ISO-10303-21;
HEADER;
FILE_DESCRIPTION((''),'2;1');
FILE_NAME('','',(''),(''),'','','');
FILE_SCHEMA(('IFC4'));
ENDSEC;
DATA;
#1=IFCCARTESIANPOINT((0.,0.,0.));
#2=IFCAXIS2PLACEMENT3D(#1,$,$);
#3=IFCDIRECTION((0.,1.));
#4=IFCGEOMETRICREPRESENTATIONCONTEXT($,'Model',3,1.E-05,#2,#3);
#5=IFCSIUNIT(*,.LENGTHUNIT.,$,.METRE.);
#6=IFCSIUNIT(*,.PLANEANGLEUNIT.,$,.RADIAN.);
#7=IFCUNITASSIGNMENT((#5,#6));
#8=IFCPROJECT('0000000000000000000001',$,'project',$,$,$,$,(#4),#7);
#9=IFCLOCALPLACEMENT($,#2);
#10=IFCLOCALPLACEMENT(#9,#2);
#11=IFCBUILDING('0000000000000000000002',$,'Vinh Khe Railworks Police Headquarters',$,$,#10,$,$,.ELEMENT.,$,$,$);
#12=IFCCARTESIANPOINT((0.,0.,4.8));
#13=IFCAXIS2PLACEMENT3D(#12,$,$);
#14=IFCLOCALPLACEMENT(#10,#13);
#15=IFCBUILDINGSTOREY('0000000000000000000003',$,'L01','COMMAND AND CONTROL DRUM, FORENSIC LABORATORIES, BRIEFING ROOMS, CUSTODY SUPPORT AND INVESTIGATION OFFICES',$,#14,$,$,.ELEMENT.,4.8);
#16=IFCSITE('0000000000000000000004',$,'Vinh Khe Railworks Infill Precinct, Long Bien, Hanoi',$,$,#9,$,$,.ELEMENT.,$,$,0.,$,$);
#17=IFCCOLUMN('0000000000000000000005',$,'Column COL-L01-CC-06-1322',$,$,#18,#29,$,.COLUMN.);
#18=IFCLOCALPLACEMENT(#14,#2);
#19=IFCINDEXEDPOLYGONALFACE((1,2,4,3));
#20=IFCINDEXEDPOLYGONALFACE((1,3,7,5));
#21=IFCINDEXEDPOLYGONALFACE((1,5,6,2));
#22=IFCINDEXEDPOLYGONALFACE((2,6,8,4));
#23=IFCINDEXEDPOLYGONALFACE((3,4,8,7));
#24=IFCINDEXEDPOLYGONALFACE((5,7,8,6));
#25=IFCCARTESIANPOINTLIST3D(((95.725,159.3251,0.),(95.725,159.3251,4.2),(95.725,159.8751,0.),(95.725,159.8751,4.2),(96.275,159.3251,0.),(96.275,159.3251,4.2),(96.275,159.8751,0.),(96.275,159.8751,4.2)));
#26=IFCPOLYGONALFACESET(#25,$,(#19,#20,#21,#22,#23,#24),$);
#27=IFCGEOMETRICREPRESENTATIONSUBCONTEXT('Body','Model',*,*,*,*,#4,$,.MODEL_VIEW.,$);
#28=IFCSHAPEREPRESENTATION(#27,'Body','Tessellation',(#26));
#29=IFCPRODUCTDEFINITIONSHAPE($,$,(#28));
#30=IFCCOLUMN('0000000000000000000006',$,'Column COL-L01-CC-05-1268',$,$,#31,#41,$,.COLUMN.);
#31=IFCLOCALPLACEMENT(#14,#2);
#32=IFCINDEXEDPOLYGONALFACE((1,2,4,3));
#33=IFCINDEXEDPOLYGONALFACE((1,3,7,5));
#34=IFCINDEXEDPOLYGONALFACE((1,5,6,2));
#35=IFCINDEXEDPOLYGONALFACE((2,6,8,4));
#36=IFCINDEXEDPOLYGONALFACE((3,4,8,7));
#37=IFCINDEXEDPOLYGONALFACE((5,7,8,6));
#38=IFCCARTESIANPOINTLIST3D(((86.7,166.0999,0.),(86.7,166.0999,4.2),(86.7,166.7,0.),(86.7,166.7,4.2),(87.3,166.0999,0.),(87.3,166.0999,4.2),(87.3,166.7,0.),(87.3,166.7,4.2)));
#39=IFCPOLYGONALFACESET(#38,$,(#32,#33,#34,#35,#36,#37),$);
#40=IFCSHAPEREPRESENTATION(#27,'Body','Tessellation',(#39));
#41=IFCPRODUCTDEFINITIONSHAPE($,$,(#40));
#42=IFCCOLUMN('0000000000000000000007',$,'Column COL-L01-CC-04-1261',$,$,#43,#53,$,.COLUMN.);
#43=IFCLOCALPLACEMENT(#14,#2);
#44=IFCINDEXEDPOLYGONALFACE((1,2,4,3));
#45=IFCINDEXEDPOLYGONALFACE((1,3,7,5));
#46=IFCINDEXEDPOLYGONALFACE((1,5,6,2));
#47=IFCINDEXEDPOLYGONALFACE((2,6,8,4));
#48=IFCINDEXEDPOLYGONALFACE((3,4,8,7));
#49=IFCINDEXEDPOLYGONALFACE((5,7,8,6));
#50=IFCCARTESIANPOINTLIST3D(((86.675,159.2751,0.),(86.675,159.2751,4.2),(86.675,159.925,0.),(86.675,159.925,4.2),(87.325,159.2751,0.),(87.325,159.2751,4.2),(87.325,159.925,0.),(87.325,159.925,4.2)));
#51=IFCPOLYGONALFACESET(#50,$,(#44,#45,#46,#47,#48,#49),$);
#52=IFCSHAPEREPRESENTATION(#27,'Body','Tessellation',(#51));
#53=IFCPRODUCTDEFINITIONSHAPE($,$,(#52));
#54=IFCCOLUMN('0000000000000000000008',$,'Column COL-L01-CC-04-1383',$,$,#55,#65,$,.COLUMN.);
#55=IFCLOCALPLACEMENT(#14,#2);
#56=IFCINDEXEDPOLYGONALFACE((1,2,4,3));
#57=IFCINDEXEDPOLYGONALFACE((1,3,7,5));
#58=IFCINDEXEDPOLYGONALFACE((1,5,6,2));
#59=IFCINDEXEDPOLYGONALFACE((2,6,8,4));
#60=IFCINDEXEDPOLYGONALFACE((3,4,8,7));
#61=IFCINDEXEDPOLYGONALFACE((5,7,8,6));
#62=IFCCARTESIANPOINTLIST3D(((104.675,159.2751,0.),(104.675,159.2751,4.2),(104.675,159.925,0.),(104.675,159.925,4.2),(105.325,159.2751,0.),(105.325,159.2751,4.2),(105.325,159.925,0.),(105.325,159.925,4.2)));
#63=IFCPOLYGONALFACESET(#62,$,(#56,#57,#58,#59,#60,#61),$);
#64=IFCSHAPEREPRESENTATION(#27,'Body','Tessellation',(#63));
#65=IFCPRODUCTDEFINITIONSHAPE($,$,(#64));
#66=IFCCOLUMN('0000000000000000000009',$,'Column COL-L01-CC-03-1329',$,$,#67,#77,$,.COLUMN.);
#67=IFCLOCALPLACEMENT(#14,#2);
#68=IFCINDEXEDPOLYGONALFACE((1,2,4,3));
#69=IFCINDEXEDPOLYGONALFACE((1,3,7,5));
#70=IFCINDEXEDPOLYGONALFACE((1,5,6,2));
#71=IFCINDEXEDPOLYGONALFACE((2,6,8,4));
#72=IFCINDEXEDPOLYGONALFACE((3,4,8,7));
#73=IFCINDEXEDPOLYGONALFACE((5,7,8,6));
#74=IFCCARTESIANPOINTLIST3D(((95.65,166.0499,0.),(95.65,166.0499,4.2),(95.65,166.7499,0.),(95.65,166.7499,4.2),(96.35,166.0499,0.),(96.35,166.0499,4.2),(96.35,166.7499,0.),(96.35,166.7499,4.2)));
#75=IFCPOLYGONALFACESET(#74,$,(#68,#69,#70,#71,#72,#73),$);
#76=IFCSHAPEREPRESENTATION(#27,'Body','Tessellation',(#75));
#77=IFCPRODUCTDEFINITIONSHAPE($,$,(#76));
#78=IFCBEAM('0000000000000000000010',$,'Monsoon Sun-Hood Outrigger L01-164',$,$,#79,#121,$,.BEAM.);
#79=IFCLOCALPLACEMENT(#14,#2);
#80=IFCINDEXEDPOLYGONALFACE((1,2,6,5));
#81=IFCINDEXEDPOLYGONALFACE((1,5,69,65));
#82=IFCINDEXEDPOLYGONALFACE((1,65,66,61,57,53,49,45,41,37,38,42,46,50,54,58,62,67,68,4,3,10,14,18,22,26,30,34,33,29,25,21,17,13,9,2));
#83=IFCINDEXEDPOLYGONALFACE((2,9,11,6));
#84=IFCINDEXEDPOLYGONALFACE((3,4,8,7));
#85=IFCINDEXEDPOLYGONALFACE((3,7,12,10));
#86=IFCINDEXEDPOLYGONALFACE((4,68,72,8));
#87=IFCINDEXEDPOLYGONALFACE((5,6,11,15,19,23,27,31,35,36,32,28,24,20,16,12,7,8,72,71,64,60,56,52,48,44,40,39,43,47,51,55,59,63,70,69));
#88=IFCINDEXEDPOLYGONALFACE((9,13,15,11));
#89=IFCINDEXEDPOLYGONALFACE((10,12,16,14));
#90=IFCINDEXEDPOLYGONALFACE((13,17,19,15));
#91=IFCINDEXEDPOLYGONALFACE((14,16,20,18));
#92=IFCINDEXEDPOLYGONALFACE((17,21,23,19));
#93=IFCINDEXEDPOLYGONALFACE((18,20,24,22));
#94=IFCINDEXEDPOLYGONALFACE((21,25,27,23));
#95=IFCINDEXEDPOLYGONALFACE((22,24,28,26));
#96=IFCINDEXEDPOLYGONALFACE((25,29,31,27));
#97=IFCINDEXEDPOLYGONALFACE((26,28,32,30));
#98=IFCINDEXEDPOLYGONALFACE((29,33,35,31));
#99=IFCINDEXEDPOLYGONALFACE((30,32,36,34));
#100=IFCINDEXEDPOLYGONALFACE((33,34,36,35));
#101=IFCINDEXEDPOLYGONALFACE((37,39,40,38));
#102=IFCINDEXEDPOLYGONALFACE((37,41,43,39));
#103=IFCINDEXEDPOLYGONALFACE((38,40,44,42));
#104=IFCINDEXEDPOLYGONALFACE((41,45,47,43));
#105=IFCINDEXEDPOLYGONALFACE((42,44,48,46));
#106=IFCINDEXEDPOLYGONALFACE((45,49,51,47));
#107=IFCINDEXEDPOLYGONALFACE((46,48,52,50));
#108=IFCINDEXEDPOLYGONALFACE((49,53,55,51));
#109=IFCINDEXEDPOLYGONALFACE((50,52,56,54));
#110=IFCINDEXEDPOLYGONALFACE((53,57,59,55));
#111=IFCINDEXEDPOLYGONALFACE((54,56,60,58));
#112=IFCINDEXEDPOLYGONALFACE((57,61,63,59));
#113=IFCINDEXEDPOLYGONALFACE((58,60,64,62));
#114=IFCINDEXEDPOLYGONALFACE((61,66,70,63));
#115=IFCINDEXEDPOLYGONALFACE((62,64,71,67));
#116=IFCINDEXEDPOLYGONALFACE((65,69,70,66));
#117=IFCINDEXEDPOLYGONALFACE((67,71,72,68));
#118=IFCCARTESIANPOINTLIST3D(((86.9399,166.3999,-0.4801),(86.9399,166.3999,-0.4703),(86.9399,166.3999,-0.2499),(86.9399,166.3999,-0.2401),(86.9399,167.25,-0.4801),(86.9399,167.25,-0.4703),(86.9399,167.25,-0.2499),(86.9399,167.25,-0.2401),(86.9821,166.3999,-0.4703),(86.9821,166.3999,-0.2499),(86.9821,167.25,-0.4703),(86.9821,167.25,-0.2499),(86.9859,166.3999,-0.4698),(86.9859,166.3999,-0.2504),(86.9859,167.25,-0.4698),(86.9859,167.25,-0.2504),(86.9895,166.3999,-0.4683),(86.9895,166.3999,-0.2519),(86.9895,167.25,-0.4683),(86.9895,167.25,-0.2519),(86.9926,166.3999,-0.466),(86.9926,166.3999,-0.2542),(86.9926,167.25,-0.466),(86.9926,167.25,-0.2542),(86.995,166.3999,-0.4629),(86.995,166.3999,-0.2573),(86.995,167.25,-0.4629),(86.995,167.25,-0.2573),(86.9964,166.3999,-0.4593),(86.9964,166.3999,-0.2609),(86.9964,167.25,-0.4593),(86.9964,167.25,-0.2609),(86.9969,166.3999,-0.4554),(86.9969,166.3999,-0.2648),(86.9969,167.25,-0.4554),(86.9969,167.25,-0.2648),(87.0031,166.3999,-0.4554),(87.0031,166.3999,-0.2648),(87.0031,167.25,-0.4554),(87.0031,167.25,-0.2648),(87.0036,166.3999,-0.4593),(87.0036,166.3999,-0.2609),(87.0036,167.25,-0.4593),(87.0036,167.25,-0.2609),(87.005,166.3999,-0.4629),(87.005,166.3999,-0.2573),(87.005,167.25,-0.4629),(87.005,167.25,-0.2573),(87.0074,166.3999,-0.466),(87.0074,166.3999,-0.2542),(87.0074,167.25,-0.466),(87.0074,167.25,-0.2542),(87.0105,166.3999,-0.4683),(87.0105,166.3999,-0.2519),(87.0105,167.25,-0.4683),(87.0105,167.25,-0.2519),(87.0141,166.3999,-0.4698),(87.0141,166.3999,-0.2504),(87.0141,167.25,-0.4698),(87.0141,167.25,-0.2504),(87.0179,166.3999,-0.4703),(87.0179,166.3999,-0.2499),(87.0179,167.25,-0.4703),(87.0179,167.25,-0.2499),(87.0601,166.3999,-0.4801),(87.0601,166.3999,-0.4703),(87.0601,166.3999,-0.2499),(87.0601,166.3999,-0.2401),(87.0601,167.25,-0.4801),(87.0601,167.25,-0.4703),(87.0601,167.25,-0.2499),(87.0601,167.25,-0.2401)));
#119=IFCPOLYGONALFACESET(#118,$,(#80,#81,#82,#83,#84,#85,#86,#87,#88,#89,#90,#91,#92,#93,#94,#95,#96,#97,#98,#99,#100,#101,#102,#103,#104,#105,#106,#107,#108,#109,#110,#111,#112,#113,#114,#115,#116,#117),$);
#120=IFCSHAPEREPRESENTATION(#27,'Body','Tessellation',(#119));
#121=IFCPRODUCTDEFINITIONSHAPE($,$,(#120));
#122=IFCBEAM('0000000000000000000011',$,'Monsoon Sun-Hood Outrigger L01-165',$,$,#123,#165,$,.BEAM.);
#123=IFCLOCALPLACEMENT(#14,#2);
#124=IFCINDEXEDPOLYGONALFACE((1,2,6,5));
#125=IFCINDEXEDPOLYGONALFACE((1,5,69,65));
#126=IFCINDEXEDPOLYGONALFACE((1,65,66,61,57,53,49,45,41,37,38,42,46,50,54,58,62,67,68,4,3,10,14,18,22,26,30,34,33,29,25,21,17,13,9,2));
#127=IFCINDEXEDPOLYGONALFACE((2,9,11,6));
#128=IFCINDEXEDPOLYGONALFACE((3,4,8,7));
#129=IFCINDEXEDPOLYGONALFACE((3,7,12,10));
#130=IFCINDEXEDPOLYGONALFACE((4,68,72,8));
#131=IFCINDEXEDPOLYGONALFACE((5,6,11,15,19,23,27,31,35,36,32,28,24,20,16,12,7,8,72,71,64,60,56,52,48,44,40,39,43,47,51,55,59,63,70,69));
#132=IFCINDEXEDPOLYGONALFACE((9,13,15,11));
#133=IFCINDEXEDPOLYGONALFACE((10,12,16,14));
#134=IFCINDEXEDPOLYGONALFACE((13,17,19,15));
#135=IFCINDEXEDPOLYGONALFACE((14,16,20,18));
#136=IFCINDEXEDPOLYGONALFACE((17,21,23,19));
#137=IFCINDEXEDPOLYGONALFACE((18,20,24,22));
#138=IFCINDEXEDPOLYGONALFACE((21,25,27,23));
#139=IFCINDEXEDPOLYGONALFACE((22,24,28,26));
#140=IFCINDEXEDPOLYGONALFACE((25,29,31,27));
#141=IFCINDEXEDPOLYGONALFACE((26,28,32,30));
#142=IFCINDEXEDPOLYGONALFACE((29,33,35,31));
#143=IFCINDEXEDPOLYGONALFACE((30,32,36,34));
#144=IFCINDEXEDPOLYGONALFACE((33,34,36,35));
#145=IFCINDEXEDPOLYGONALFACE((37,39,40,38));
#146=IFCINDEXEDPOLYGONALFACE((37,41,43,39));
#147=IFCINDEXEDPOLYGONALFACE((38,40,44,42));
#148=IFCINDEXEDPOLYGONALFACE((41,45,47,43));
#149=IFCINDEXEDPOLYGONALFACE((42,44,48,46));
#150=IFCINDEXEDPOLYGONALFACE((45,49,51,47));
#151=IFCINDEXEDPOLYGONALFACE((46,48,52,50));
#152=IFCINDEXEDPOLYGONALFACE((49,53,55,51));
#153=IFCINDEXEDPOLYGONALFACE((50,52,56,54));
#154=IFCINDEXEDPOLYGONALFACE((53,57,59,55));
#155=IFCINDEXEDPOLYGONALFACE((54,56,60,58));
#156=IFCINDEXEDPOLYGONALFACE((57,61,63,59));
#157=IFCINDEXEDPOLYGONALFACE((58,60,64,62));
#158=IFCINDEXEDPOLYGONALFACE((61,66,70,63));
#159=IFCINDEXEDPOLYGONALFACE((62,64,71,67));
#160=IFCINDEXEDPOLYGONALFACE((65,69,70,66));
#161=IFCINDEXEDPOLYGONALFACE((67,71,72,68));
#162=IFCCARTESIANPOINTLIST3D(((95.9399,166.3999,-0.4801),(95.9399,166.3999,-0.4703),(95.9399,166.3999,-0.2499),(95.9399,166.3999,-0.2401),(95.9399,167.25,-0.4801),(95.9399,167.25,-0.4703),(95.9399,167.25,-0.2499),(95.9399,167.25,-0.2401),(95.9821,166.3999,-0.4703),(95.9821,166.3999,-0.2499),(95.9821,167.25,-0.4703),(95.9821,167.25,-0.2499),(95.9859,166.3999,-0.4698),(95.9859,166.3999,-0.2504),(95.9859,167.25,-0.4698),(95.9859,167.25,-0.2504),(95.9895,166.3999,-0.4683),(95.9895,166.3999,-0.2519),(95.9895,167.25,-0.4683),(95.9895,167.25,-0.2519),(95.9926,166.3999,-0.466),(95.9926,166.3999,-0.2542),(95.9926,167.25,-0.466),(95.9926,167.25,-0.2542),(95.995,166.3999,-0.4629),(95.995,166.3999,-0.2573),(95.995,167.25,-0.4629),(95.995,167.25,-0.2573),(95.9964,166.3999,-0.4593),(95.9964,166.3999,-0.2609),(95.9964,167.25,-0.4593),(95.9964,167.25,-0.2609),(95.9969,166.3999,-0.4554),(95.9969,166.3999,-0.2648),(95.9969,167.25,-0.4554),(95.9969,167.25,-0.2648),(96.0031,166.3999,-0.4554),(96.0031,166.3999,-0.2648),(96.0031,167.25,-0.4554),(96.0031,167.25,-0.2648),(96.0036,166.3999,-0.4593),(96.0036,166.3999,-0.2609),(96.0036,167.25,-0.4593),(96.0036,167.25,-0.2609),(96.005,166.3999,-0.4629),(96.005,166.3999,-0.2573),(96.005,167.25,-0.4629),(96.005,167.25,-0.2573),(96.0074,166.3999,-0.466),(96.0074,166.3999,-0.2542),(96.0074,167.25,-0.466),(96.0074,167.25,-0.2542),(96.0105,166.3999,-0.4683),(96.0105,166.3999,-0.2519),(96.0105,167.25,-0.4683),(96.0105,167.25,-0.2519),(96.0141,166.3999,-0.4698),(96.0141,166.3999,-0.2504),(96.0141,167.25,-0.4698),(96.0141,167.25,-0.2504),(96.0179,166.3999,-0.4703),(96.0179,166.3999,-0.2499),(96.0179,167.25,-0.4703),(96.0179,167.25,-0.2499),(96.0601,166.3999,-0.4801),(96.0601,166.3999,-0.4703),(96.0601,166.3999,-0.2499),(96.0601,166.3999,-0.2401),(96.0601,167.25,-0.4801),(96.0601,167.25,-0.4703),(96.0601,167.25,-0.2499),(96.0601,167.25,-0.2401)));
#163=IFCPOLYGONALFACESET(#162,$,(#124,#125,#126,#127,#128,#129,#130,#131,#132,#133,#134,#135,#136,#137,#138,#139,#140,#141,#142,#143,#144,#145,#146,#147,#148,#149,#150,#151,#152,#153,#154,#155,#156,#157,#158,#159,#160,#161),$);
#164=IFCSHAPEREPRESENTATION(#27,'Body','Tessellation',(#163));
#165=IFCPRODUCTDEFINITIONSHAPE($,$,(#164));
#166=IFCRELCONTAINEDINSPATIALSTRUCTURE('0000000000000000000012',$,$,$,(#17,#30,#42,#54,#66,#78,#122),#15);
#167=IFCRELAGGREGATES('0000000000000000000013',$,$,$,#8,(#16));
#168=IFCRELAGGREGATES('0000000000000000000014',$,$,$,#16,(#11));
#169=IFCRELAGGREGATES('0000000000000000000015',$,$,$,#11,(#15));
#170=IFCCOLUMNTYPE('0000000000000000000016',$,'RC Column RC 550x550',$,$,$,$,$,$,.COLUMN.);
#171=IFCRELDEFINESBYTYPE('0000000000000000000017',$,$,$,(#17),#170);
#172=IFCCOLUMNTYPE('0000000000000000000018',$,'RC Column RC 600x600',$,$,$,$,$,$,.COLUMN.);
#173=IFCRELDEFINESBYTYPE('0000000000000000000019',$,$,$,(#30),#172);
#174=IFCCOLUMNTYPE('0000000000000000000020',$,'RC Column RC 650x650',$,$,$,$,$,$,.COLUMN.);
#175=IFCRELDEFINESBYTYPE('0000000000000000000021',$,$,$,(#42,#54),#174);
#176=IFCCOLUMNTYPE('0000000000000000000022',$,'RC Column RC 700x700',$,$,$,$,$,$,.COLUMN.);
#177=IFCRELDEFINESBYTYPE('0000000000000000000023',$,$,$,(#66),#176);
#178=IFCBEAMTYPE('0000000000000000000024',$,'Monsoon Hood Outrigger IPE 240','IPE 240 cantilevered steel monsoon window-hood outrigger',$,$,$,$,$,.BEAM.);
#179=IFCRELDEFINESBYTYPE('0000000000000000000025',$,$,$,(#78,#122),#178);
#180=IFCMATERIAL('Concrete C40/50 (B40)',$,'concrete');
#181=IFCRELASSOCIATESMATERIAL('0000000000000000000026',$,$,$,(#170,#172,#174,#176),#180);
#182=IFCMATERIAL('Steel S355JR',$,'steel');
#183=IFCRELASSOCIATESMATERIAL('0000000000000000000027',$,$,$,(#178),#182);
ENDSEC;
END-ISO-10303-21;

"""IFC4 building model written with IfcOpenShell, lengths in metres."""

from ifc_helpers import new_model, si_unit, direction, frame, origin, origin_2d, place, context, subcontext, project, spatial, rectangle, i_section, extrude, material, material_profile, profile_set, type_object, element, save


model = new_model("IFC4")

# Units and contexts
model_context = context("Model", 3, precision=1e-05, world=origin(), true_north=direction((0.0, 1.0)))
body_context = subcontext(model_context, "Body", "Model", "MODEL_VIEW")
ifc_project = project(units=[si_unit("LENGTHUNIT", "METRE"), si_unit("PLANEANGLEUNIT", "RADIAN")], contexts=[model_context])

# Site, building, storey
site_placement = place(None, origin())
site = spatial("IfcSite", under=ifc_project, at=site_placement, Name="Vinh Khe Railworks Infill Precinct, Long Bien, Hanoi", CompositionType="ELEMENT", RefElevation=0.0)
building_placement = place(site_placement, origin())
building = spatial("IfcBuilding", under=site, at=building_placement, Name="Vinh Khe Railworks Police Headquarters", CompositionType="ELEMENT")
storey_placement = place(building_placement, frame((0.0, 0.0, 4.8)))
storey = spatial("IfcBuildingStorey", under=building, at=storey_placement, Name="L01", Description="COMMAND AND CONTROL DRUM, FORENSIC LABORATORIES, BRIEFING ROOMS, CUSTODY SUPPORT AND INVESTIGATION OFFICES", CompositionType="ELEMENT", Elevation=4.8)

# Columns
ifc_material_1 = material(Name="Concrete C40/50 (B40)", Category="concrete")
ifc_material_profile_1 = material_profile(ifc_material_1, rectangle(XDim=0.55, YDim=0.55, at=origin_2d()), Name="RC 550x550")
ifc_profile_set_1 = profile_set([ifc_material_profile_1], Name="Concrete C40/50 (B40)")
column_type_1 = type_object("IfcColumnType", Name="RC Column RC 550x550", PredefinedType="COLUMN", material=ifc_profile_set_1)
column_1_placement = place(storey_placement, frame((96.0, 159.6001, 0.0), z_axis=(0.0, 0.0, 1.0), x_axis=(1.0, 0.0, 0.0)))
element("IfcColumn", 1, at=column_1_placement, inside=storey, type_object=column_type_1, Name="Column COL-L01-CC-06-1322", PredefinedType="COLUMN", context=body_context, shape_type="SweptSolid", body=[
    extrude(rectangle(XDim=0.55, YDim=0.55, at=origin_2d()), origin(), (0.0, 0.0, 1.0), 4.2),
])
ifc_material_profile_2 = material_profile(ifc_material_1, rectangle(XDim=0.6001, YDim=0.6001, at=origin_2d()), Name="RC 600x600")
ifc_profile_set_2 = profile_set([ifc_material_profile_2], Name="Concrete C40/50 (B40)")
column_type_2 = type_object("IfcColumnType", Name="RC Column RC 600x600", PredefinedType="COLUMN", material=ifc_profile_set_2)
column_2_placement = place(storey_placement, frame((87.0, 166.3999, 0.0), z_axis=(0.0, 0.0, 1.0), x_axis=(1.0, 0.0, 0.0)))
element("IfcColumn", 2, at=column_2_placement, inside=storey, type_object=column_type_2, Name="Column COL-L01-CC-05-1268", PredefinedType="COLUMN", context=body_context, shape_type="SweptSolid", body=[
    extrude(rectangle(XDim=0.6001, YDim=0.6001, at=origin_2d()), origin(), (0.0, 0.0, 1.0), 4.2),
])
ifc_material_profile_3 = material_profile(ifc_material_1, rectangle(XDim=0.6499, YDim=0.6499, at=origin_2d()), Name="RC 650x650")
ifc_profile_set_3 = profile_set([ifc_material_profile_3], Name="Concrete C40/50 (B40)")
column_type_3 = type_object("IfcColumnType", Name="RC Column RC 650x650", PredefinedType="COLUMN", material=ifc_profile_set_3)
for number, where, z_axis, x_axis, name in (
    (3, (87.0, 159.6001, 0.0), (0.0, 0.0, 1.0), (1.0, 0.0, 0.0), "Column COL-L01-CC-04-1261"),
    (4, (105.0, 159.6001, 0.0), (0.0, 0.0, 1.0), (1.0, 0.0, 0.0), "Column COL-L01-CC-04-1383"),
):
    element("IfcColumn", number, at=place(storey_placement, frame(where, z_axis=z_axis, x_axis=x_axis)), inside=storey, type_object=column_type_3, Name=name, PredefinedType="COLUMN", context=body_context, shape_type="SweptSolid", body=[
        extrude(rectangle(XDim=0.6499, YDim=0.6499, at=origin_2d()), origin(), (0.0, 0.0, 1.0), 4.2),
    ])
ifc_material_profile_4 = material_profile(ifc_material_1, rectangle(XDim=0.7, YDim=0.7, at=origin_2d()), Name="RC 700x700")
ifc_profile_set_4 = profile_set([ifc_material_profile_4], Name="Concrete C40/50 (B40)")
column_type_4 = type_object("IfcColumnType", Name="RC Column RC 700x700", PredefinedType="COLUMN", material=ifc_profile_set_4)
column_3_placement = place(storey_placement, frame((96.0, 166.3999, 0.0), z_axis=(0.0, 0.0, 1.0), x_axis=(1.0, 0.0, 0.0)))
element("IfcColumn", 5, at=column_3_placement, inside=storey, type_object=column_type_4, Name="Column COL-L01-CC-03-1329", PredefinedType="COLUMN", context=body_context, shape_type="SweptSolid", body=[
    extrude(rectangle(XDim=0.7, YDim=0.7, at=origin_2d()), origin(), (0.0, 0.0, 1.0), 4.2),
])

# Beams
ifc_material_2 = material(Name="Steel S355JR", Category="steel")
ifc_material_profile_5 = material_profile(ifc_material_2, i_section(OverallWidth=0.1201, OverallDepth=0.24, WebThickness=0.0061, FlangeThickness=0.0098, FilletRadius=0.0149, at=origin_2d()), Name="IPE 240")
ifc_profile_set_5 = profile_set([ifc_material_profile_5], Name="Steel S355JR")
beam_type_1 = type_object("IfcBeamType", Name="Monsoon Hood Outrigger IPE 240", Description="IPE 240 cantilevered steel monsoon window-hood outrigger", PredefinedType="BEAM", material=ifc_profile_set_5)
for number, where, z_axis, x_axis, name in (
    (6, (87.0, 166.3999, -0.3601), (0.0, 1.0, 0.0), (-1.0, 0.0, 0.0), "Monsoon Sun-Hood Outrigger L01-164"),
    (7, (96.0, 166.3999, -0.3601), (0.0, 1.0, 0.0), (-1.0, 0.0, 0.0), "Monsoon Sun-Hood Outrigger L01-165"),
):
    element("IfcBeam", number, at=place(storey_placement, frame(where, z_axis=z_axis, x_axis=x_axis)), inside=storey, type_object=beam_type_1, Name=name, PredefinedType="BEAM", context=body_context, shape_type="SweptSolid", body=[
        extrude(i_section(OverallWidth=0.1201, OverallDepth=0.24, WebThickness=0.0061, FlangeThickness=0.0098, FilletRadius=0.0149, at=origin_2d()), origin(), (0.0, 0.0, 1.0), 0.8501),
    ])

save(model, "model.ifc")
